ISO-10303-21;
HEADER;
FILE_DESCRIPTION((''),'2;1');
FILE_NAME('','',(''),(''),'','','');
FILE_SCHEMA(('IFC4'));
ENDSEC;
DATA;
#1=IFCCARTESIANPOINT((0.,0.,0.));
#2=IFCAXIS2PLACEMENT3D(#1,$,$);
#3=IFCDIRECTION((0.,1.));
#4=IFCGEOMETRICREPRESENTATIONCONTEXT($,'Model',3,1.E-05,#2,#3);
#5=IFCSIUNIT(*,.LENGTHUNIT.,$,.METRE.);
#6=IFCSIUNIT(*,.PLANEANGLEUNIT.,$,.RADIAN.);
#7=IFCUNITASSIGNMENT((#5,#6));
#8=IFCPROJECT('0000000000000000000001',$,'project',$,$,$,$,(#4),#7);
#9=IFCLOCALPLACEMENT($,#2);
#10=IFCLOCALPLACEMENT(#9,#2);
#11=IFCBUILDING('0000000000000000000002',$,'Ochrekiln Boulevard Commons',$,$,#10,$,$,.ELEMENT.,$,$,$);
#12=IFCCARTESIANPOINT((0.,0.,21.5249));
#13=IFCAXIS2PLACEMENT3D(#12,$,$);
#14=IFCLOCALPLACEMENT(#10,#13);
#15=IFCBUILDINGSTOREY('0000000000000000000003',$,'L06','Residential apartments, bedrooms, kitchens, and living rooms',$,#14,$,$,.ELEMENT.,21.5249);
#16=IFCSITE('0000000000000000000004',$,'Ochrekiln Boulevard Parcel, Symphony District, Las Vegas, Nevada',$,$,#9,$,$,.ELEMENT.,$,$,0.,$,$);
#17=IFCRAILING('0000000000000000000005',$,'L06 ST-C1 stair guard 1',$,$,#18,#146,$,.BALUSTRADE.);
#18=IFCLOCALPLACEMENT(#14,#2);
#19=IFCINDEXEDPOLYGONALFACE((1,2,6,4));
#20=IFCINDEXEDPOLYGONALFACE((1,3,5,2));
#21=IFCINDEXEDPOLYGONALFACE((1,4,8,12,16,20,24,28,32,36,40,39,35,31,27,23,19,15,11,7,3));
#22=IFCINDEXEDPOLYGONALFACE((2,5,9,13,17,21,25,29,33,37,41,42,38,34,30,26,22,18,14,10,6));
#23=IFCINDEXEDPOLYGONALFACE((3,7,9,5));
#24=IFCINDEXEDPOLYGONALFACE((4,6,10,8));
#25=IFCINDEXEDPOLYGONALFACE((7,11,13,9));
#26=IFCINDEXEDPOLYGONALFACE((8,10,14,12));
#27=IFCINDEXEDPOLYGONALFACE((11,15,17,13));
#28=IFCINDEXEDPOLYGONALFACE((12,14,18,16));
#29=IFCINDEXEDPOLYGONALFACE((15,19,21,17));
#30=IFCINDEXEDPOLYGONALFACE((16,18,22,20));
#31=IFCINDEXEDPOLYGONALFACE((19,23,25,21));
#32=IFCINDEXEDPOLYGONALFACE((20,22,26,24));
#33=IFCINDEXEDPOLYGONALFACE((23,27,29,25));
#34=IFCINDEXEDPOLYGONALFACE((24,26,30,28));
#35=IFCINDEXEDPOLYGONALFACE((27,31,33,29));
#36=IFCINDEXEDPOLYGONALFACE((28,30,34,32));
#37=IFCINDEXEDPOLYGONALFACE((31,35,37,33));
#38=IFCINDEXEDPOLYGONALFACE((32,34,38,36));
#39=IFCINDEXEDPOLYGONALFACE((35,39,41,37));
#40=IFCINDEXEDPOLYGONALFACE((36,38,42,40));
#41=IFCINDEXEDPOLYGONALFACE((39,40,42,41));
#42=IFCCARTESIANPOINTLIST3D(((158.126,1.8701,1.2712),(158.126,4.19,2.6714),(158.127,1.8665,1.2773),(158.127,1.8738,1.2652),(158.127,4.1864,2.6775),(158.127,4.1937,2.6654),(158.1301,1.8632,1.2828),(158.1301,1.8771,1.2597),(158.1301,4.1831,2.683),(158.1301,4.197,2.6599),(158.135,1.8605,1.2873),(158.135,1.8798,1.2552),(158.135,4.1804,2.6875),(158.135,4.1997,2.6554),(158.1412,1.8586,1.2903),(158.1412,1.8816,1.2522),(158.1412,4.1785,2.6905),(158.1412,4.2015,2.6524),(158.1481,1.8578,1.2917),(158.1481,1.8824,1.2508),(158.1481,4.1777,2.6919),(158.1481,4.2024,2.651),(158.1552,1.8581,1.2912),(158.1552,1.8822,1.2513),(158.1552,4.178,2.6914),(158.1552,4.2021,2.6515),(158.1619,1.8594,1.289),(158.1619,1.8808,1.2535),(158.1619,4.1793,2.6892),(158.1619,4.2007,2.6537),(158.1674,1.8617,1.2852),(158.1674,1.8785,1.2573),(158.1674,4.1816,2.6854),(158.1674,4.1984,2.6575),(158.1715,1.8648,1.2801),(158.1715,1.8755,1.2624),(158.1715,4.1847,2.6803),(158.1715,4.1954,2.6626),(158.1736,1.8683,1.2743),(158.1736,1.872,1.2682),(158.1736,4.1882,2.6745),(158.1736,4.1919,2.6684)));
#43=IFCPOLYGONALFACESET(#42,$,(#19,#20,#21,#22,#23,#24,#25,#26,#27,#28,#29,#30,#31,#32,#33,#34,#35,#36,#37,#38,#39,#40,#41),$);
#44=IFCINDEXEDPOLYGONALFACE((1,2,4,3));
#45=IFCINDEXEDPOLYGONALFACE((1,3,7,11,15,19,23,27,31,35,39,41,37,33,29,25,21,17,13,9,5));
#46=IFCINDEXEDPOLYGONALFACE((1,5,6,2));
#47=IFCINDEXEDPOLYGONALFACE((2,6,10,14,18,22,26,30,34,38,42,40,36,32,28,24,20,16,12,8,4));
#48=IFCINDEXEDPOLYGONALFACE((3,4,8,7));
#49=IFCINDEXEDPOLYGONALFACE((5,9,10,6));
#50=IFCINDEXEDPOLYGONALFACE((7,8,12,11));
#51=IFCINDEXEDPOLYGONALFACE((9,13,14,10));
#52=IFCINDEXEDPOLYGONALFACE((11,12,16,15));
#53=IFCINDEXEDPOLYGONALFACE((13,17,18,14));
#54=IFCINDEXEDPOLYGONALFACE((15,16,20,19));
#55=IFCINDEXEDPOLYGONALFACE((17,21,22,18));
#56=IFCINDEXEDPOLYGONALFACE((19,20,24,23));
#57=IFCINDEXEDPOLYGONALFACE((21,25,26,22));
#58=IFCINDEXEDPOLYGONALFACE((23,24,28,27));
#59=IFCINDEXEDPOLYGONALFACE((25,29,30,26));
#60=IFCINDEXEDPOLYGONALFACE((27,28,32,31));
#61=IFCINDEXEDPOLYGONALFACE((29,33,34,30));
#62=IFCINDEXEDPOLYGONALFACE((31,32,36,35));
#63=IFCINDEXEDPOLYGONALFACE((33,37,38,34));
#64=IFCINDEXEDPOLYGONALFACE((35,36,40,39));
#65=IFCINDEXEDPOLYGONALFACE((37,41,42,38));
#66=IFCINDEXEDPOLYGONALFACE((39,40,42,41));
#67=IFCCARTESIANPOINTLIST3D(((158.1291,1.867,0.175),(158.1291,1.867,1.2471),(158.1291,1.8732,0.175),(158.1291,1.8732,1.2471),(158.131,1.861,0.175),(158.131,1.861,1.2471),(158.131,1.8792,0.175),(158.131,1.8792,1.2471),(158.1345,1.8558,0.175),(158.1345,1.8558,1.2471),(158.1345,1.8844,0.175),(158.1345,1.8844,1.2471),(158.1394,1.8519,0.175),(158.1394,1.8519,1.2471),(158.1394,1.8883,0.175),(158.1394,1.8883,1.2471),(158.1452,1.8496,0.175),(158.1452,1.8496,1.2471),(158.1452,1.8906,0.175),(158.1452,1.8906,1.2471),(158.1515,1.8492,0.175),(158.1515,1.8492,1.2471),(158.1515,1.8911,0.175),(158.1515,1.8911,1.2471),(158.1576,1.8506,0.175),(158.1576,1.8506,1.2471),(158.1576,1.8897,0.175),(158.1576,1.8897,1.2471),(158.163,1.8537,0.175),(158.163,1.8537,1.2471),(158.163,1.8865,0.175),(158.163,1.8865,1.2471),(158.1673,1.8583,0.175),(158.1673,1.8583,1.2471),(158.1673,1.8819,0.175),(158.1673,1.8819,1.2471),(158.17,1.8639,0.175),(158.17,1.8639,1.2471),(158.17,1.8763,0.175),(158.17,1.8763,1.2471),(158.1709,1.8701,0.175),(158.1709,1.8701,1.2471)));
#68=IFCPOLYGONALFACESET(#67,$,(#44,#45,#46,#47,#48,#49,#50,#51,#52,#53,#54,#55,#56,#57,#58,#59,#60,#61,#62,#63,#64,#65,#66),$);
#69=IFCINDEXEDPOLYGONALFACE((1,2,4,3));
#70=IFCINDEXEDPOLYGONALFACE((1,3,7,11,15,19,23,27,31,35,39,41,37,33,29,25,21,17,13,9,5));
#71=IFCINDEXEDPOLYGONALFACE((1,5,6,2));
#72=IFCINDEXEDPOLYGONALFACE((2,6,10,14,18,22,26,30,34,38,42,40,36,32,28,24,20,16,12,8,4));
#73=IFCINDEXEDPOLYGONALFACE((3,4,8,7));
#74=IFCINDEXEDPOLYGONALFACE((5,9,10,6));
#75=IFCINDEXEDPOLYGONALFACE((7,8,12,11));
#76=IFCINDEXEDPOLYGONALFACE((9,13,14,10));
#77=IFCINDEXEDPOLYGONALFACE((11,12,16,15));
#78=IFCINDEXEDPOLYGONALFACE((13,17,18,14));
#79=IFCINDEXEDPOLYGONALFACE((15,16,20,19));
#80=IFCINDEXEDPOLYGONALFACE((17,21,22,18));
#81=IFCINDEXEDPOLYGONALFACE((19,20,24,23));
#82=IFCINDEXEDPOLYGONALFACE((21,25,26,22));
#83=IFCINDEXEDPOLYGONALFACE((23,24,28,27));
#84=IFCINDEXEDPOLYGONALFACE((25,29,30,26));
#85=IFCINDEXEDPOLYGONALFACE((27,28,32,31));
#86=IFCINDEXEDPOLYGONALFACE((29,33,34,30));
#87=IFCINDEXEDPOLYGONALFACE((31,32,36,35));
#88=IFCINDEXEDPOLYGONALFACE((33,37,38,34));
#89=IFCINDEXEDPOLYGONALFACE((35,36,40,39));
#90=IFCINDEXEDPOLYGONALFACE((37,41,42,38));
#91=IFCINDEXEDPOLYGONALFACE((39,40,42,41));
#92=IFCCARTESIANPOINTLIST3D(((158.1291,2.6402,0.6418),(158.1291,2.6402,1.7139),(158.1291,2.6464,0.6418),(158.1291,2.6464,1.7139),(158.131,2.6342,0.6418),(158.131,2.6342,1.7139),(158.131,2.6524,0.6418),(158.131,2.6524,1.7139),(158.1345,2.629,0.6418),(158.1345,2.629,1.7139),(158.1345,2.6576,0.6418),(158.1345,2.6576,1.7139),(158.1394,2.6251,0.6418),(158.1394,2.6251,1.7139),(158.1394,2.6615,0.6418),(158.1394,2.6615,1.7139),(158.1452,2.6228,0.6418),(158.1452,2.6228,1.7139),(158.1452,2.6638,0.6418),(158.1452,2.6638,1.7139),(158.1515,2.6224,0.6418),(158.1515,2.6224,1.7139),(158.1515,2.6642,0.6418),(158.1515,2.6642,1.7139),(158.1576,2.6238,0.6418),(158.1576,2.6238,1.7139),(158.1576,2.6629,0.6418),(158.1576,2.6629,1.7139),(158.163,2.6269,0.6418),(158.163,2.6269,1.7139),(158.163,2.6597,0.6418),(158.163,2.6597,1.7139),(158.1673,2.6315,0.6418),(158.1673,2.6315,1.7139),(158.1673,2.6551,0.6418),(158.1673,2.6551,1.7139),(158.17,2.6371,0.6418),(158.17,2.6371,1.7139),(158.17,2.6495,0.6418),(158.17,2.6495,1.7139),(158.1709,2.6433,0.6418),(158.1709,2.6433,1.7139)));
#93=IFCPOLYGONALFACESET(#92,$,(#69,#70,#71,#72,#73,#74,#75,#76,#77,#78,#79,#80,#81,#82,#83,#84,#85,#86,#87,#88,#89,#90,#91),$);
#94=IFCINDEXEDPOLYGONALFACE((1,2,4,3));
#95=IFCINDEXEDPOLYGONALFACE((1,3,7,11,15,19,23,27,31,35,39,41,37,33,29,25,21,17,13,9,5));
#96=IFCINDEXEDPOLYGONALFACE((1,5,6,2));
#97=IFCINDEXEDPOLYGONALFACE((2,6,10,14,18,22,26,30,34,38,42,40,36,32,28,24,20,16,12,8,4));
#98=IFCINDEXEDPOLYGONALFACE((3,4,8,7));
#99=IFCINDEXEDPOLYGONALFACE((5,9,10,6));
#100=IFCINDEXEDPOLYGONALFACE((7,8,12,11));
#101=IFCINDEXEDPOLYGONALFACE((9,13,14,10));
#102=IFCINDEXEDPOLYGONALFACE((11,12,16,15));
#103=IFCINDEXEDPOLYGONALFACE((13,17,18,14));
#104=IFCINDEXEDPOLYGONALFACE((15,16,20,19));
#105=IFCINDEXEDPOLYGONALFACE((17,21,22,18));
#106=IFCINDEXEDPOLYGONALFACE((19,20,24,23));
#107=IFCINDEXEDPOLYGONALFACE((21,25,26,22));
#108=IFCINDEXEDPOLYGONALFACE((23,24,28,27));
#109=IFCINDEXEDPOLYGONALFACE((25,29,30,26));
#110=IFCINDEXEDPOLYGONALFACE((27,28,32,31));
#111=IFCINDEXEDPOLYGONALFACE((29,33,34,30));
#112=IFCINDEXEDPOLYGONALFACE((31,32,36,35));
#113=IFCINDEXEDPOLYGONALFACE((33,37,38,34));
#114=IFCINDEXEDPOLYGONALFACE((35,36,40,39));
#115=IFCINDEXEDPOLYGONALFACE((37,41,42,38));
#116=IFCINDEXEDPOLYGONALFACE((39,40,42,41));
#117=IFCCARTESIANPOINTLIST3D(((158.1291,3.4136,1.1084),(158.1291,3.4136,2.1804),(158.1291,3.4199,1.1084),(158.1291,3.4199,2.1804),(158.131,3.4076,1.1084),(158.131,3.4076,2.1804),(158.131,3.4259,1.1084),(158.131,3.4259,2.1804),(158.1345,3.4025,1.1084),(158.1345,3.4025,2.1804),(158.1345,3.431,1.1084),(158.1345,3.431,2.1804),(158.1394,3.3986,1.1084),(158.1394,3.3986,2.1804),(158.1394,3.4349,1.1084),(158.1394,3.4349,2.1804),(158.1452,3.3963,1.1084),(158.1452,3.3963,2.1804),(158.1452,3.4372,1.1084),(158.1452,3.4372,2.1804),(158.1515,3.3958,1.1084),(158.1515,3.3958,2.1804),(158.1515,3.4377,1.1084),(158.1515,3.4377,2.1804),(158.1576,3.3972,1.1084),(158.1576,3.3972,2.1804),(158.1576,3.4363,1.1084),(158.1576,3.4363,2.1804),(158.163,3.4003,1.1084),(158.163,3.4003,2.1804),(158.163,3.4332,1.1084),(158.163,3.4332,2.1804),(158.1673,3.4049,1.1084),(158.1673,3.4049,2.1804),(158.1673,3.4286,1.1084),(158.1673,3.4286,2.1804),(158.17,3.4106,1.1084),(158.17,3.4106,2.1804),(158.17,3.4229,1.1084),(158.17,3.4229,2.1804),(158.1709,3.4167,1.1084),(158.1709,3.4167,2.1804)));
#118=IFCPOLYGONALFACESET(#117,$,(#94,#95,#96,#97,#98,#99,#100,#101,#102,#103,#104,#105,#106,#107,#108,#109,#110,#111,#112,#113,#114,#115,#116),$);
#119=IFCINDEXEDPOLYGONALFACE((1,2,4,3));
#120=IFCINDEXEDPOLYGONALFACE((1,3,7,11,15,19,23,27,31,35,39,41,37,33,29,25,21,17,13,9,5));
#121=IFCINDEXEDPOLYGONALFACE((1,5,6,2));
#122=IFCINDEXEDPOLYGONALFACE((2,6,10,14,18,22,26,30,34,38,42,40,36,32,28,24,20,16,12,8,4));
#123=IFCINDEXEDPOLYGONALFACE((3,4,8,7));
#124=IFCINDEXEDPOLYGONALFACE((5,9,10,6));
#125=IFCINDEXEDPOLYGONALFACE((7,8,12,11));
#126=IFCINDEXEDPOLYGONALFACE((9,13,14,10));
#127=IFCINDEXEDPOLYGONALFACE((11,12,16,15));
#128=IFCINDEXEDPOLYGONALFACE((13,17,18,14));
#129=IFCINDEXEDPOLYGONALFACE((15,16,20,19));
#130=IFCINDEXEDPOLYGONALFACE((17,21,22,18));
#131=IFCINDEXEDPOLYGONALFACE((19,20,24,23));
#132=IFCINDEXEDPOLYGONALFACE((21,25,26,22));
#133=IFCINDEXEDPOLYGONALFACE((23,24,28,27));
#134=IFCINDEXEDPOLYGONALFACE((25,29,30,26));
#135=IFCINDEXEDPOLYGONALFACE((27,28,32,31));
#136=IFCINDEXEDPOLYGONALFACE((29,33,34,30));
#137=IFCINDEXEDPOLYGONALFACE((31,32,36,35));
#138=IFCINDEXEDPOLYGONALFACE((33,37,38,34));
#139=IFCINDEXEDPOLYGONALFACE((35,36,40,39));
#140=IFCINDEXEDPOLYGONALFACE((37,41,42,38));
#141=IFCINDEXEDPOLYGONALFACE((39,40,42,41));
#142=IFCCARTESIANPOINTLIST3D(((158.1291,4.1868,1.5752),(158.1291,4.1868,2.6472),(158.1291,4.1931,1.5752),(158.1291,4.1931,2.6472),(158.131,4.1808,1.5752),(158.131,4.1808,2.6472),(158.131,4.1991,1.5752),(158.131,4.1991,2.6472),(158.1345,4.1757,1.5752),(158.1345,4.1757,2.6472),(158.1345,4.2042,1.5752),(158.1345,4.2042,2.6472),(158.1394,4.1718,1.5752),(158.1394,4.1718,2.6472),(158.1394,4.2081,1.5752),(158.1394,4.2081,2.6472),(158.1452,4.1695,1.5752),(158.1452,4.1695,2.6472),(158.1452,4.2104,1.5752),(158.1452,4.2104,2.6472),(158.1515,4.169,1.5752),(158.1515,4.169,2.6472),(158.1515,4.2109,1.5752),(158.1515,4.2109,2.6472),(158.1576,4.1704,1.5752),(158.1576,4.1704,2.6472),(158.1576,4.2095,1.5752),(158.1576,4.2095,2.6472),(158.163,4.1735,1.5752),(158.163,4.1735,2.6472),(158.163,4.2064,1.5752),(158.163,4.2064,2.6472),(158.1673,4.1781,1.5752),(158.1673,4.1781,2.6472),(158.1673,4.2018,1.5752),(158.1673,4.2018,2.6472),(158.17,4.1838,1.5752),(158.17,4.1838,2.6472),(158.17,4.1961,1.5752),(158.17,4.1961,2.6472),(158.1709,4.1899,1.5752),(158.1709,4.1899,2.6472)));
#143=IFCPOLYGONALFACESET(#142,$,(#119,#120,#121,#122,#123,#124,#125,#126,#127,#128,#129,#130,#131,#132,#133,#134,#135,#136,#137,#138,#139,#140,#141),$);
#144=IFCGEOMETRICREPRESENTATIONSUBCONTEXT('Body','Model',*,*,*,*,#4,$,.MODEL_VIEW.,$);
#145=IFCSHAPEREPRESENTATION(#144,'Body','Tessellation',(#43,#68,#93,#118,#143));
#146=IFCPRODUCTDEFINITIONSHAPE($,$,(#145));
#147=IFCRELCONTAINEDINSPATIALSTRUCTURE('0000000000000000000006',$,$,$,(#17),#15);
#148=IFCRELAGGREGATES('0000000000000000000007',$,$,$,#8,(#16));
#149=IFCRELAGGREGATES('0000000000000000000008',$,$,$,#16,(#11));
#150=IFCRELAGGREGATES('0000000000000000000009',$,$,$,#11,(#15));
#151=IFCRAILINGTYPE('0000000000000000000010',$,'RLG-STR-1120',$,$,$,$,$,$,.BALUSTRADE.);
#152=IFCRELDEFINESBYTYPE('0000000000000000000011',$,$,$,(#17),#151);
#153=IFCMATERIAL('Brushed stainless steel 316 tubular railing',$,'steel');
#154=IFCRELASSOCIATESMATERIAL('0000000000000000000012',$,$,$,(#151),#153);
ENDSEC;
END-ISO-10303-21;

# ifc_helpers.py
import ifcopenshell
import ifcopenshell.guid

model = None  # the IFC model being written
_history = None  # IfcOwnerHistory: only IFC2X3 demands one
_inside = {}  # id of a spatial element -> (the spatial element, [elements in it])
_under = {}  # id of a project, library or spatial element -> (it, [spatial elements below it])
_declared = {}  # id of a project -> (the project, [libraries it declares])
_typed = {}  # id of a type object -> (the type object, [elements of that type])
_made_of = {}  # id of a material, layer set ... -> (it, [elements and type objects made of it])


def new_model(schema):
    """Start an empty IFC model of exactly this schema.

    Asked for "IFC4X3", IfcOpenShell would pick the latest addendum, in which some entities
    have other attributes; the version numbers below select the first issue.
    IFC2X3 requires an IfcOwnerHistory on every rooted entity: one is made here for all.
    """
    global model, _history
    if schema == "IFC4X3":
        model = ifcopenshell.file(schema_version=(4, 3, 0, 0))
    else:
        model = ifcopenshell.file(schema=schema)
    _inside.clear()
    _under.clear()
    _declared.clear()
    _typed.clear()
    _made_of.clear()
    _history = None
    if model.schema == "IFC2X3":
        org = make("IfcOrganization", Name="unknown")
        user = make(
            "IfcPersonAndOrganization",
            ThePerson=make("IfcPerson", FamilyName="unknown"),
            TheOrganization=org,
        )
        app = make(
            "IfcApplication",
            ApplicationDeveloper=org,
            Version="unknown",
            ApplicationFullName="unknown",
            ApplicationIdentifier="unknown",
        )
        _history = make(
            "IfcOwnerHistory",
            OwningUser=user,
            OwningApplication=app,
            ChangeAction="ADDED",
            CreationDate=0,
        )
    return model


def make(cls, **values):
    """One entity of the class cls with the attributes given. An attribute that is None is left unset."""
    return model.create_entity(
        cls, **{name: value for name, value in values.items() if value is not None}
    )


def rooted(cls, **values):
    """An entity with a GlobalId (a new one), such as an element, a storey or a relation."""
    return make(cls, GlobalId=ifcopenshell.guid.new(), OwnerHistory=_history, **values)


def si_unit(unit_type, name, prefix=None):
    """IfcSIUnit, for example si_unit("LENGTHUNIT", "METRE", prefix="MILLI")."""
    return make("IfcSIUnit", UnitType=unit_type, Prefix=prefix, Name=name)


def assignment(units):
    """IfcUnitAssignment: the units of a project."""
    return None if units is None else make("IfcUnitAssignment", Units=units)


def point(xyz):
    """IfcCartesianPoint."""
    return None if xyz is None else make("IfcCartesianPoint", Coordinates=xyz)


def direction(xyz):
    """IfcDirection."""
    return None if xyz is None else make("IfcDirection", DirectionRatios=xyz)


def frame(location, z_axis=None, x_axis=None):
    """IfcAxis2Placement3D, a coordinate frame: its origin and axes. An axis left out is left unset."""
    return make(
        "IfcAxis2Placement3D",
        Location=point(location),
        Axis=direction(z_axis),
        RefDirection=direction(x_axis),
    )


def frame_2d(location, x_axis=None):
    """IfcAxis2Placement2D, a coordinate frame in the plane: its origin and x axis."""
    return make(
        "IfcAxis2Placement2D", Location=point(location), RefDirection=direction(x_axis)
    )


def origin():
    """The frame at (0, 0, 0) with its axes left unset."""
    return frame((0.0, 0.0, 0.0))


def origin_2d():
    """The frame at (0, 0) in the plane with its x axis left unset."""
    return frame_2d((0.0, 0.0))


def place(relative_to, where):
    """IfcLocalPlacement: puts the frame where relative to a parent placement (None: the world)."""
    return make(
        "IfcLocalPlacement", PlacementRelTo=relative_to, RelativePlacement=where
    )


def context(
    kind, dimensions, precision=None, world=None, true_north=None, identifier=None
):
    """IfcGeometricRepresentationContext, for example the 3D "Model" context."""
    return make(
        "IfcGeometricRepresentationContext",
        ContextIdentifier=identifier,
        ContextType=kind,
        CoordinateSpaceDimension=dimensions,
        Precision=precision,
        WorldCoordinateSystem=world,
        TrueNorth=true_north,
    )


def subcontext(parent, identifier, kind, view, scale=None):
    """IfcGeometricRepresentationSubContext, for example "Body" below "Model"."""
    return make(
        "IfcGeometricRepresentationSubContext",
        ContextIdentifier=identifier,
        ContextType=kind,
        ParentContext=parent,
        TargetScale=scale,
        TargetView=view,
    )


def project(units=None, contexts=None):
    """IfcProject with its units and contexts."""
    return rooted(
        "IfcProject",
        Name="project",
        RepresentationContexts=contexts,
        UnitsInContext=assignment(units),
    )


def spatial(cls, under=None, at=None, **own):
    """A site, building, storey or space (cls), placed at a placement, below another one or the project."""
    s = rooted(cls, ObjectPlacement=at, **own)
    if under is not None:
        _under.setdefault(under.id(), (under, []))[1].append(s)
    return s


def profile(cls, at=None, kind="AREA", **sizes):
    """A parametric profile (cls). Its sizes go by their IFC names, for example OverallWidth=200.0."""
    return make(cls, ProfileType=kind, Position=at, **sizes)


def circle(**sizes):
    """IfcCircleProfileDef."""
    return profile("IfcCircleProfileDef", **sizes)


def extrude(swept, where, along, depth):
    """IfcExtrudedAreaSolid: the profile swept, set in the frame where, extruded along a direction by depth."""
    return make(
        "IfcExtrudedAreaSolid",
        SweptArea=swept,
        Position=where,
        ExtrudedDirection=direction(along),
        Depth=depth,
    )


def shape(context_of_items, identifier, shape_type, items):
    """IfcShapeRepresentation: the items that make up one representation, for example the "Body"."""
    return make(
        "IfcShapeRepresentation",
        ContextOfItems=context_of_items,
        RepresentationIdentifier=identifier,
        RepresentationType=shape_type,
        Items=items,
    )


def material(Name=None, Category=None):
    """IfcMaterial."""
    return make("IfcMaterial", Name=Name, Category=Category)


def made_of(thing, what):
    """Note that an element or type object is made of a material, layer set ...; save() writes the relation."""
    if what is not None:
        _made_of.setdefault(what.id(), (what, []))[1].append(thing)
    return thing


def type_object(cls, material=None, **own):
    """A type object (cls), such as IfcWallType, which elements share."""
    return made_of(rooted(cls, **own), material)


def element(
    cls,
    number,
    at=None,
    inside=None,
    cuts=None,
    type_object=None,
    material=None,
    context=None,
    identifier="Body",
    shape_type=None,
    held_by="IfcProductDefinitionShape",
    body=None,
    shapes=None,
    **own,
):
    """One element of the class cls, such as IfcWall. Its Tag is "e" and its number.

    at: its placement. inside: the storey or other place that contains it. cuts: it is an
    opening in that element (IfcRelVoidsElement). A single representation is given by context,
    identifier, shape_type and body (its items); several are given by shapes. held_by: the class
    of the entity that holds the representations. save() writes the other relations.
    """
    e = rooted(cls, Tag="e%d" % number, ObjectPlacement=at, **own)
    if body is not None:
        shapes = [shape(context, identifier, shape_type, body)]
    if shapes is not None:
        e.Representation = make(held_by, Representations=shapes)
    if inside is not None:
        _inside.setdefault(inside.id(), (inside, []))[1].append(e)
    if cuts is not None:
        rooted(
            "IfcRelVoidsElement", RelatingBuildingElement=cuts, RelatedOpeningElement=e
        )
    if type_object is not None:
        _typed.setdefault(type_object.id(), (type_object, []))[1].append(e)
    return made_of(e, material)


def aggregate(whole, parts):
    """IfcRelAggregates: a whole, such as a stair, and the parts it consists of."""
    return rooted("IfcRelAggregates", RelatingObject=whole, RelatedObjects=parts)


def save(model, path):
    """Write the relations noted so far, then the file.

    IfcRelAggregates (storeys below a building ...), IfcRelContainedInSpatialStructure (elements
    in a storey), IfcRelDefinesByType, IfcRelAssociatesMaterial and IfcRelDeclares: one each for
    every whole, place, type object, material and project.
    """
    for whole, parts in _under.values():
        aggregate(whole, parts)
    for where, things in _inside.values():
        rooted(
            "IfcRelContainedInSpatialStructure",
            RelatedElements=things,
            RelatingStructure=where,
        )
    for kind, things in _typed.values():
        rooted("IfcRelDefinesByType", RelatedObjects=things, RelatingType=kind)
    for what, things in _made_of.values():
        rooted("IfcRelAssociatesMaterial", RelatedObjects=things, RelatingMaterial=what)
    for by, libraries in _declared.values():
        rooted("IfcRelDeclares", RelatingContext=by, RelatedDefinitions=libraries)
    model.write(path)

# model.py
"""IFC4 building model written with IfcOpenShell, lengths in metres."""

from ifc_helpers import new_model, si_unit, direction, frame, origin, origin_2d, place, context, subcontext, project, spatial, circle, extrude, material, type_object, element, save


model = new_model("IFC4")

# Units and contexts
model_context = context("Model", 3, precision=1e-05, world=origin(), true_north=direction((0.0, 1.0)))
body_context = subcontext(model_context, "Body", "Model", "MODEL_VIEW")
ifc_project = project(units=[si_unit("LENGTHUNIT", "METRE"), si_unit("PLANEANGLEUNIT", "RADIAN")], contexts=[model_context])

# Site, building, storey
site_placement = place(None, origin())
site = spatial("IfcSite", under=ifc_project, at=site_placement, Name="Ochrekiln Boulevard Parcel, Symphony District, Las Vegas, Nevada", CompositionType="ELEMENT", RefElevation=0.0)
building_placement = place(site_placement, origin())
building = spatial("IfcBuilding", under=site, at=building_placement, Name="Ochrekiln Boulevard Commons", CompositionType="ELEMENT")
storey_placement = place(building_placement, frame((0.0, 0.0, 21.5249)))
storey = spatial("IfcBuildingStorey", under=building, at=storey_placement, Name="L06", Description="Residential apartments, bedrooms, kitchens, and living rooms", CompositionType="ELEMENT", Elevation=21.5249)

# Railing
ifc_material_1 = material(Name="Brushed stainless steel 316 tubular railing", Category="steel")
railing_type_1 = type_object("IfcRailingType", Name="RLG-STR-1120", PredefinedType="BALUSTRADE", material=ifc_material_1)
railing_1_placement = place(storey_placement, frame((158.1499, 1.8701, 0.175)))
element("IfcRailing", 1, at=railing_1_placement, inside=storey, type_object=railing_type_1, Name="L06 ST-C1 stair guard 1", PredefinedType="BALUSTRADE", context=body_context, shape_type="SweptSolid", body=[
    extrude(circle(Radius=0.0239, at=origin_2d()), frame((0.0, 0.0, 1.0962), z_axis=(0.0, 0.856146, 0.516733), x_axis=(-1.0, 0.0, 0.0)), (0.0, 0.0, 1.0), 2.7097),
    extrude(circle(Radius=0.021, at=origin_2d()), origin(), (0.0, 0.0, 1.0), 1.072),
    extrude(circle(Radius=0.021, at=origin_2d()), frame((0.0, 0.7732, 0.4668)), (0.0, 0.0, 1.0), 1.072),
    extrude(circle(Radius=0.021, at=origin_2d()), frame((0.0, 1.5466, 0.9333)), (0.0, 0.0, 1.0), 1.072),
    extrude(circle(Radius=0.021, at=origin_2d()), frame((0.0, 2.3198, 1.4001)), (0.0, 0.0, 1.0), 1.072),
])

save(model, "model.ifc")
